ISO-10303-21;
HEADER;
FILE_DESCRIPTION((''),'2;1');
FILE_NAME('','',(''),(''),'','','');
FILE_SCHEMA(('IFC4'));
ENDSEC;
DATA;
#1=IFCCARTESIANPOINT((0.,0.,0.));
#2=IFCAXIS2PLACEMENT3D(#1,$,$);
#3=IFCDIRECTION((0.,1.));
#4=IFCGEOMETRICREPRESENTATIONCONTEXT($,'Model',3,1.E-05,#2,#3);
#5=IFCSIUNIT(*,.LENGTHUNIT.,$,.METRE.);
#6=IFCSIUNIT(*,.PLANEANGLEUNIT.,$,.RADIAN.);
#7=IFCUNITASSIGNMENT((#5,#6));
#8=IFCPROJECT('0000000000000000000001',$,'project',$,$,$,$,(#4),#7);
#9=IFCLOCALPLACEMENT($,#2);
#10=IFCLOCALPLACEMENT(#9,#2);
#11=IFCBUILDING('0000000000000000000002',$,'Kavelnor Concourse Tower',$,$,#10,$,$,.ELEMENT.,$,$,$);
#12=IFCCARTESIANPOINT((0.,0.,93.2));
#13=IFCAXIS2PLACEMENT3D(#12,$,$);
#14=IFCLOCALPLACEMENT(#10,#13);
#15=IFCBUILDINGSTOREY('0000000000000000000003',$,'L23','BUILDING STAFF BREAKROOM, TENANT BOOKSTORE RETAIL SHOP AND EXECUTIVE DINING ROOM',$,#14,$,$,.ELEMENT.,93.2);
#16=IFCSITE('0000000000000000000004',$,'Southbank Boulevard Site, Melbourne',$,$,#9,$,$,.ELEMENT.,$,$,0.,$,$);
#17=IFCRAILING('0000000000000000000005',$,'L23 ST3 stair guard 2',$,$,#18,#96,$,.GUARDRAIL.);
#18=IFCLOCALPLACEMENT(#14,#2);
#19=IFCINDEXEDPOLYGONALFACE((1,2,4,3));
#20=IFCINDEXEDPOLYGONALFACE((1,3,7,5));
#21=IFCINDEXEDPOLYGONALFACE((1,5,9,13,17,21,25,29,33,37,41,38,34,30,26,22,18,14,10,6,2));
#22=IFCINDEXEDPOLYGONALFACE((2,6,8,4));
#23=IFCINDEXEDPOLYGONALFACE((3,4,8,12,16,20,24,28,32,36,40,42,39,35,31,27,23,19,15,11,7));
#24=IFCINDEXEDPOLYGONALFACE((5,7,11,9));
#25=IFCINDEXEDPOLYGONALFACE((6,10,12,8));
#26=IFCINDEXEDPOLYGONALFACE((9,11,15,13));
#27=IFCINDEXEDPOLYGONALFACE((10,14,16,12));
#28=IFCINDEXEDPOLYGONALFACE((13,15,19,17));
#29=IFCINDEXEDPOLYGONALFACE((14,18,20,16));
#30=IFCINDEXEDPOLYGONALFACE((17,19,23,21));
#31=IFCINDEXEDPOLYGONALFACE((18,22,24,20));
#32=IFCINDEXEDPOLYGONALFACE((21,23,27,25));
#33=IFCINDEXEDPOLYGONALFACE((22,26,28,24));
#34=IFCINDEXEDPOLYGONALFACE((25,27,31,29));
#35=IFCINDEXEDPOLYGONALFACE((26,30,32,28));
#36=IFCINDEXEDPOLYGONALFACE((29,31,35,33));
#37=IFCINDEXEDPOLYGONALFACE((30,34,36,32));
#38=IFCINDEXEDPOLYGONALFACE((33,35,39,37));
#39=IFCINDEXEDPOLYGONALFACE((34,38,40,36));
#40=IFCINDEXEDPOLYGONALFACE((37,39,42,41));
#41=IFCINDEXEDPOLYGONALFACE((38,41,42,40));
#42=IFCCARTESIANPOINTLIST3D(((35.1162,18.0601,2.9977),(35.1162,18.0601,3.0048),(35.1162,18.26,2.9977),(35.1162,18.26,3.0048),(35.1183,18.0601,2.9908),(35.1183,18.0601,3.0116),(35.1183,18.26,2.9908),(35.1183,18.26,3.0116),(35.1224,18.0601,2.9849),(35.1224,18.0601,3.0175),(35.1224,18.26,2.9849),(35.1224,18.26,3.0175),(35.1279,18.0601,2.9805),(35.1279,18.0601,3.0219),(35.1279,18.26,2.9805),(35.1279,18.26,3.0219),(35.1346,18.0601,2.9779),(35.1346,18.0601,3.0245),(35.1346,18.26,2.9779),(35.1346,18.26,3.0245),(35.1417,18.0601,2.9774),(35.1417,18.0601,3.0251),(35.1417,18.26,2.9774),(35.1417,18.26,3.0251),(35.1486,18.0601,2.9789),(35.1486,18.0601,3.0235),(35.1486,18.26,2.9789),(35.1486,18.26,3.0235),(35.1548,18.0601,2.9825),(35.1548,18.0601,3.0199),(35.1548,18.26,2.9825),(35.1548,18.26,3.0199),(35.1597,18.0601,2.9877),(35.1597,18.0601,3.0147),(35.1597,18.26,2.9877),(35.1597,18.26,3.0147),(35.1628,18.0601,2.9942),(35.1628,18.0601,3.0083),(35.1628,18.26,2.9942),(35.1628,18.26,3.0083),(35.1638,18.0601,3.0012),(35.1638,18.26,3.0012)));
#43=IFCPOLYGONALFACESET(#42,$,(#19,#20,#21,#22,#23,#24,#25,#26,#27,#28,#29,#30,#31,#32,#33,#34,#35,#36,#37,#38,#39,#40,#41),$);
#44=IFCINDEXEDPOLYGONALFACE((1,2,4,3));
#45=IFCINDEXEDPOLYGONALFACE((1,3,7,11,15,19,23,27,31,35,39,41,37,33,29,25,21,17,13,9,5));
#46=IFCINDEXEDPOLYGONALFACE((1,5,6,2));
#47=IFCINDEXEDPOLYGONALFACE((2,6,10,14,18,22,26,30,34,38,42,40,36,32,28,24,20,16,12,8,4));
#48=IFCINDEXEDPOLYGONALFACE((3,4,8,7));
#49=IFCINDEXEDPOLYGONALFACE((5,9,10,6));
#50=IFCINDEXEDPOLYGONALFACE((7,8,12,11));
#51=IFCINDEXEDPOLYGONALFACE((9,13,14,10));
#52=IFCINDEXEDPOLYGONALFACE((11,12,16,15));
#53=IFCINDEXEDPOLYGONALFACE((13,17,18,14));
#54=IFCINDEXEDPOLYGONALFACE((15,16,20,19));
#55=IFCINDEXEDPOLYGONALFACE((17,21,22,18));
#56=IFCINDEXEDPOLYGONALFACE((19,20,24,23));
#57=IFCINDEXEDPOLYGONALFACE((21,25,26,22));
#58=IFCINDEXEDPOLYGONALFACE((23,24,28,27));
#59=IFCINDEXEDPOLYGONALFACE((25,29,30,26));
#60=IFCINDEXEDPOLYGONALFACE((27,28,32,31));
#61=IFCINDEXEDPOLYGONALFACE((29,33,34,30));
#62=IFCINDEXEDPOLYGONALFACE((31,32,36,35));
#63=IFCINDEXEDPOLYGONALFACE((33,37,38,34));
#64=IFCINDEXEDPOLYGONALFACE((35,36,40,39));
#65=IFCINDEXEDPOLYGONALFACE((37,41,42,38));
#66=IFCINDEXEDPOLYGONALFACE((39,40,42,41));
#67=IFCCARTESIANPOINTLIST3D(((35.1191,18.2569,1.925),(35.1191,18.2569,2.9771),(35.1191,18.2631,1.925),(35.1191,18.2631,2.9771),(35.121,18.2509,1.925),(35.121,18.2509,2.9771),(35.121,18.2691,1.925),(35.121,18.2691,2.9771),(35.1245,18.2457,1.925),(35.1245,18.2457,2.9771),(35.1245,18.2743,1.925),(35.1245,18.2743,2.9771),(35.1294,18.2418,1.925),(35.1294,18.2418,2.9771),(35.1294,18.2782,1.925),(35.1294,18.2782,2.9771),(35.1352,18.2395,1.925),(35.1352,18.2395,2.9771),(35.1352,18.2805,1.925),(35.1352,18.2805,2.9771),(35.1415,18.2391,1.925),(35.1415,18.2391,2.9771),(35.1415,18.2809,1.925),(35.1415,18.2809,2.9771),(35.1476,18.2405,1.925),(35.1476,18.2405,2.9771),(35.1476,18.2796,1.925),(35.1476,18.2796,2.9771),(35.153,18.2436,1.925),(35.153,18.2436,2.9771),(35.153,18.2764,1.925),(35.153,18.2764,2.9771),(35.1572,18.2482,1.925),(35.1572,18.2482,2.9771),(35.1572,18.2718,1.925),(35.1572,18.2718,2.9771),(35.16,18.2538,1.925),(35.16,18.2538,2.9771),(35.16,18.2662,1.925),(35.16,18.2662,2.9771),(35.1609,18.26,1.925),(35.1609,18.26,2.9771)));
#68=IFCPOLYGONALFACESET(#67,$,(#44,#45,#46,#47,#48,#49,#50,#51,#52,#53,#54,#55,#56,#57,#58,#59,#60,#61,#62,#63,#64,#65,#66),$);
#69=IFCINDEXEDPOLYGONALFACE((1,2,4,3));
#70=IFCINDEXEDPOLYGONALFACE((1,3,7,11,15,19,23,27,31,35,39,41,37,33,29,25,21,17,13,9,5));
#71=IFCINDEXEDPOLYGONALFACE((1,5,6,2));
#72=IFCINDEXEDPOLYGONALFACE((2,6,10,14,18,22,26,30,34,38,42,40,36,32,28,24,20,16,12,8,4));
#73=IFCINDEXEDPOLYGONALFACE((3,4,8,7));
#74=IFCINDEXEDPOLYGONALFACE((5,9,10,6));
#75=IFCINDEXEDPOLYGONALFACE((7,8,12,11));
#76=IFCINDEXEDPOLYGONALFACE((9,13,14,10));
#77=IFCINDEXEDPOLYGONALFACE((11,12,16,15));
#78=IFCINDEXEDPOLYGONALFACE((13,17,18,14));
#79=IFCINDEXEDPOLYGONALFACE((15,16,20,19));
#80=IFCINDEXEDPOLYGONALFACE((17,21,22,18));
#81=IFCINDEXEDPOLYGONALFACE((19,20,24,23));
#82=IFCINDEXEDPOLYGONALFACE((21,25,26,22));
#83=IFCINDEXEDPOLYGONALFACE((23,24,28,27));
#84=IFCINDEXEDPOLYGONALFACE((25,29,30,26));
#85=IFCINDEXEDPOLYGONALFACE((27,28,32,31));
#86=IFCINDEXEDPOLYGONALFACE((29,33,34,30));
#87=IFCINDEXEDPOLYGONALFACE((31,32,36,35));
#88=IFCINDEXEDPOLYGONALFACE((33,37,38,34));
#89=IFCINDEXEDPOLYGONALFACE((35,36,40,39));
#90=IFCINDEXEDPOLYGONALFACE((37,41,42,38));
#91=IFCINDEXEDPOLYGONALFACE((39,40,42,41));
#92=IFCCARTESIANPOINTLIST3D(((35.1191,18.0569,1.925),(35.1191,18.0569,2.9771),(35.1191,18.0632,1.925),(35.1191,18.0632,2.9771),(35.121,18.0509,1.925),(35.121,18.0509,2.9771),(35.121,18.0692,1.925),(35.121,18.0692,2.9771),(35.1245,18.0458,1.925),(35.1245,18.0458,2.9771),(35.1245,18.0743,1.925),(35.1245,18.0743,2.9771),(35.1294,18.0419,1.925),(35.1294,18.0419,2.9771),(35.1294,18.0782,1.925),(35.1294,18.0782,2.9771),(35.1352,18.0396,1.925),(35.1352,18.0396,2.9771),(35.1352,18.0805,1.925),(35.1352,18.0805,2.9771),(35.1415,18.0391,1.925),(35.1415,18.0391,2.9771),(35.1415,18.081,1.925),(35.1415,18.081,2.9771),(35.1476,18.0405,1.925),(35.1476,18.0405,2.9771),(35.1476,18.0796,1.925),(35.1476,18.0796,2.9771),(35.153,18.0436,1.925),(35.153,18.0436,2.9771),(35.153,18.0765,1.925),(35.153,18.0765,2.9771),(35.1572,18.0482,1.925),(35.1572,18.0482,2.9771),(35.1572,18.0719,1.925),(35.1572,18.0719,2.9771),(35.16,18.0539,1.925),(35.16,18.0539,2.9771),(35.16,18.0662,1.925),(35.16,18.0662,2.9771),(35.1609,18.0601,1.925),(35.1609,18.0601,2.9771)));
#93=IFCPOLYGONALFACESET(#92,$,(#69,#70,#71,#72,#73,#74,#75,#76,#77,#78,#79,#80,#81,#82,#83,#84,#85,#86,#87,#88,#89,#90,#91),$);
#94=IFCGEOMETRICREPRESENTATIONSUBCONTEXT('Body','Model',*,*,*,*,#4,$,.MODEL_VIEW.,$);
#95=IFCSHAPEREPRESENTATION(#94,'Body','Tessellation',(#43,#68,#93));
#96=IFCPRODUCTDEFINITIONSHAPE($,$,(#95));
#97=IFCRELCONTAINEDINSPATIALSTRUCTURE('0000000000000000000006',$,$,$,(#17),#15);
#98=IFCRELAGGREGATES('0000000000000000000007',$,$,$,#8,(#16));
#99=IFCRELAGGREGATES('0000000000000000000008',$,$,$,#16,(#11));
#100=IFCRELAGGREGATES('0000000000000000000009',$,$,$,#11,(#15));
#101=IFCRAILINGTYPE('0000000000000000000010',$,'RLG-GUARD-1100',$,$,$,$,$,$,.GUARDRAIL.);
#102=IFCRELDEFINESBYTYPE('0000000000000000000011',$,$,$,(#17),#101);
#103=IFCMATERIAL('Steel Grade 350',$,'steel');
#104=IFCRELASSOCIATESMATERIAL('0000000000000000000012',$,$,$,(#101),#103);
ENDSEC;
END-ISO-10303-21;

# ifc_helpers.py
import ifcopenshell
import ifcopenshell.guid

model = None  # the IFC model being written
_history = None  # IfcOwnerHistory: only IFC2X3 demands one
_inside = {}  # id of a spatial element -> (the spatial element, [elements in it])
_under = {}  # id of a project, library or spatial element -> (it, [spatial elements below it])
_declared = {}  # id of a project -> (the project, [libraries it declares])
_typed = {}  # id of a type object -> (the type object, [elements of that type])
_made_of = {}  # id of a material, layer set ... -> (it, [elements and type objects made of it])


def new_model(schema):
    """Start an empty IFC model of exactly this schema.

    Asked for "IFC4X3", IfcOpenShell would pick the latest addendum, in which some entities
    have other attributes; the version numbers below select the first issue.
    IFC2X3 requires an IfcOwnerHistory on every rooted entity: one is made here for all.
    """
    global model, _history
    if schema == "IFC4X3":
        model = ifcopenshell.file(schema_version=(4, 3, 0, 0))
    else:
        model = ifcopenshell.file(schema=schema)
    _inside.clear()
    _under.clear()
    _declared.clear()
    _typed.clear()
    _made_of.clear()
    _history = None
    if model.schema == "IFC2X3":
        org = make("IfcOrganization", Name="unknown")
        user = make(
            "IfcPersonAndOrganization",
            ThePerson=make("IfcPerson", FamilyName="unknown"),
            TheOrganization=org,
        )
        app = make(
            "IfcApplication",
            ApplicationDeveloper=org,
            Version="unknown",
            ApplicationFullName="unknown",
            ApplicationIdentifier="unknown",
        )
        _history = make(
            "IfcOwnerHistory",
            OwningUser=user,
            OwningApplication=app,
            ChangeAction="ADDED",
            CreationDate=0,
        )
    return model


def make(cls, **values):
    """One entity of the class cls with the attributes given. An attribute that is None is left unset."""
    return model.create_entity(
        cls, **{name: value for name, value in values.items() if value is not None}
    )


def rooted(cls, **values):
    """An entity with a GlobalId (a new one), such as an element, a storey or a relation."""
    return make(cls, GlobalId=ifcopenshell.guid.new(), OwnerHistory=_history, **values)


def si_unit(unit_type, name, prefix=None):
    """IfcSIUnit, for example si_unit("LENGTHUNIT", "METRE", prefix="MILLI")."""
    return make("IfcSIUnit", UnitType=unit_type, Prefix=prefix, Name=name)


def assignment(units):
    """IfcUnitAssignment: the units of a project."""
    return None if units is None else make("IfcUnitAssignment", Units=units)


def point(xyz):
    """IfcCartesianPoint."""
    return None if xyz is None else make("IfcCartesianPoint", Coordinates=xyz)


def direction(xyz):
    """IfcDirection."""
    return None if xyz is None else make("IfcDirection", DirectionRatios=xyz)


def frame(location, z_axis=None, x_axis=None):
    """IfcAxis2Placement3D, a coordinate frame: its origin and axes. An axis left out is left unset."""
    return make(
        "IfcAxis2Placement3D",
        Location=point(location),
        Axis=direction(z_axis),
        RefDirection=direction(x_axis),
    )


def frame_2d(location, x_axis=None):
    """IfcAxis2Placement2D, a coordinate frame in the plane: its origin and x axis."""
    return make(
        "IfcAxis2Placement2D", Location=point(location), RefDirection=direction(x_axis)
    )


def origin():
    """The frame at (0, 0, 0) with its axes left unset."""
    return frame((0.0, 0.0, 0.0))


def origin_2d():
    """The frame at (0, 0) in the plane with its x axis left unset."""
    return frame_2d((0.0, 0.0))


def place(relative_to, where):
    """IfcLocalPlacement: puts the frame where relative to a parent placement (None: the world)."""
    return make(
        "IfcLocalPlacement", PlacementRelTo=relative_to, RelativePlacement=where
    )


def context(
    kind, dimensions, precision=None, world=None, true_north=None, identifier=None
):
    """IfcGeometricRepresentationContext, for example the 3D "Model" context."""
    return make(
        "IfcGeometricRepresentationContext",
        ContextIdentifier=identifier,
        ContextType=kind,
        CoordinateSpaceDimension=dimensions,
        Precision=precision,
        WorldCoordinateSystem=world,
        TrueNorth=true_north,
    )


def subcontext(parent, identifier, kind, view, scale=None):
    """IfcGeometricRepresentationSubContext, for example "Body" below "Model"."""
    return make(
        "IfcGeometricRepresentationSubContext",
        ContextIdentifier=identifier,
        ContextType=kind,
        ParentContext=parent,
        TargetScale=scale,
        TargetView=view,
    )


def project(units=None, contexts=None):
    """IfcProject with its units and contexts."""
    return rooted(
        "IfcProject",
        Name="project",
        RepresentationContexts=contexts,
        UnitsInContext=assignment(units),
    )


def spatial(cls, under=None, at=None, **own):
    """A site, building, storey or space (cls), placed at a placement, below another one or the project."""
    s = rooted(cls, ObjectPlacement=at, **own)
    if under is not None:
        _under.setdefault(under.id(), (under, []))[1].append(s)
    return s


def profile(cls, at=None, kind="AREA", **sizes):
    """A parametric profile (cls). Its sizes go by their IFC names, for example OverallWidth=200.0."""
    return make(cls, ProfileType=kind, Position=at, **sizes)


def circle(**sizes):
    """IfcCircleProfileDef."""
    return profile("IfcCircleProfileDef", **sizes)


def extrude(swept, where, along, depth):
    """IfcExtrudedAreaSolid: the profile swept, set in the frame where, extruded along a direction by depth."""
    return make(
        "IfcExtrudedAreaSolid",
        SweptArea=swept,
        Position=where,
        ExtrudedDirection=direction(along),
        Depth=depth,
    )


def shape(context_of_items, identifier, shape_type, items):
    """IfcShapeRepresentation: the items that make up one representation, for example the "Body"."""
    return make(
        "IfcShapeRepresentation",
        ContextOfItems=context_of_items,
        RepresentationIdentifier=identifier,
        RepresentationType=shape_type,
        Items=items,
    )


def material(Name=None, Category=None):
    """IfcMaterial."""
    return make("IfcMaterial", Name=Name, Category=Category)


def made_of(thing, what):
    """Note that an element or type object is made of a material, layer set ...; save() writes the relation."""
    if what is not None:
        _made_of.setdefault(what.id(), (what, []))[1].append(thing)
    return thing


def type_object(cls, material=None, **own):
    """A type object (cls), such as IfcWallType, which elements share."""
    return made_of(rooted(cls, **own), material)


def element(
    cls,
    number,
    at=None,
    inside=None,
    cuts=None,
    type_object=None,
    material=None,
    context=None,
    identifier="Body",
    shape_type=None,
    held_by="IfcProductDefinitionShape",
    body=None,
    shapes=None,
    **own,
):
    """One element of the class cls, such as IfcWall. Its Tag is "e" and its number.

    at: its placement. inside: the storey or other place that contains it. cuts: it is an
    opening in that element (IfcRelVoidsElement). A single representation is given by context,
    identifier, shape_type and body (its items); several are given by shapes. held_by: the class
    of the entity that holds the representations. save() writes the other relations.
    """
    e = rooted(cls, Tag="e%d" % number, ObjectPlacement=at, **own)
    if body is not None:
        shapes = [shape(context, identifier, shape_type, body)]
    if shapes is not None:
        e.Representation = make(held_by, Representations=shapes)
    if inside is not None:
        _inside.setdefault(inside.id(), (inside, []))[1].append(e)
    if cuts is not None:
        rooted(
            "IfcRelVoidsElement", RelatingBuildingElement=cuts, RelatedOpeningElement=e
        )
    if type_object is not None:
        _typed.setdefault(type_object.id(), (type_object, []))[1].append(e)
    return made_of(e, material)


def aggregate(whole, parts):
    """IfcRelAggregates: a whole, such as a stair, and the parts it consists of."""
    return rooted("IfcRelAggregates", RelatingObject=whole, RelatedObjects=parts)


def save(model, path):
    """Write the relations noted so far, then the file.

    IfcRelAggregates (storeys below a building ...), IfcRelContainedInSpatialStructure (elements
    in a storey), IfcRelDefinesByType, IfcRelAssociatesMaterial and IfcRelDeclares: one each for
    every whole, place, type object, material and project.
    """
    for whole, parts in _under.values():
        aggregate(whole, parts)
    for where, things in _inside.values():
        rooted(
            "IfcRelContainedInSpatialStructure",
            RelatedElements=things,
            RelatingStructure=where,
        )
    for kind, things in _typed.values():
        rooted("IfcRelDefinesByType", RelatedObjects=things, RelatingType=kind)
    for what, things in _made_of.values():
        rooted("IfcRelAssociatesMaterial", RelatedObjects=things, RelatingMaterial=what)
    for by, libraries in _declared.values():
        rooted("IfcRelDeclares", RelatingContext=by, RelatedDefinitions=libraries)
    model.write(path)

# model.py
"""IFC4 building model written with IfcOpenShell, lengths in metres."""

from ifc_helpers import new_model, si_unit, direction, frame, origin, origin_2d, place, context, subcontext, project, spatial, circle, extrude, material, type_object, element, save


model = new_model("IFC4")

# Units and contexts
model_context = context("Model", 3, precision=1e-05, world=origin(), true_north=direction((0.0, 1.0)))
body_context = subcontext(model_context, "Body", "Model", "MODEL_VIEW")
ifc_project = project(units=[si_unit("LENGTHUNIT", "METRE"), si_unit("PLANEANGLEUNIT", "RADIAN")], contexts=[model_context])

# Site, building, storey
site_placement = place(None, origin())
site = spatial("IfcSite", under=ifc_project, at=site_placement, Name="Southbank Boulevard Site, Melbourne", CompositionType="ELEMENT", RefElevation=0.0)
building_placement = place(site_placement, origin())
building = spatial("IfcBuilding", under=site, at=building_placement, Name="Kavelnor Concourse Tower", CompositionType="ELEMENT")
storey_placement = place(building_placement, frame((0.0, 0.0, 93.2)))
storey = spatial("IfcBuildingStorey", under=building, at=storey_placement, Name="L23", Description="BUILDING STAFF BREAKROOM, TENANT BOOKSTORE RETAIL SHOP AND EXECUTIVE DINING ROOM", CompositionType="ELEMENT", Elevation=93.2)

# Shared definitions
ifc_material_1 = material(Name="Steel Grade 350", Category="steel")

# Railing
railing_type_1 = type_object("IfcRailingType", Name="RLG-GUARD-1100", PredefinedType="GUARDRAIL", material=ifc_material_1)
railing_1_placement = place(storey_placement, frame((35.1399, 18.26, 1.925)))
element("IfcRailing", 1, at=railing_1_placement, inside=storey, type_object=railing_type_1, Name="L23 ST3 stair guard 2", PredefinedType="GUARDRAIL", context=body_context, shape_type="SweptSolid", body=[
    extrude(circle(Radius=0.0239, at=origin_2d()), frame((0.0, 0.0, 1.0762), z_axis=(0.0, -1.0, 0.0), x_axis=(1.0, 0.0, 0.0)), (0.0, 0.0, 1.0), 0.2),
    extrude(circle(Radius=0.021, at=origin_2d()), origin(), (0.0, 0.0, 1.0), 1.052),
    extrude(circle(Radius=0.021, at=origin_2d()), frame((0.0, -0.2, 0.0)), (0.0, 0.0, 1.0), 1.052),
])

save(model, "model.ifc")
